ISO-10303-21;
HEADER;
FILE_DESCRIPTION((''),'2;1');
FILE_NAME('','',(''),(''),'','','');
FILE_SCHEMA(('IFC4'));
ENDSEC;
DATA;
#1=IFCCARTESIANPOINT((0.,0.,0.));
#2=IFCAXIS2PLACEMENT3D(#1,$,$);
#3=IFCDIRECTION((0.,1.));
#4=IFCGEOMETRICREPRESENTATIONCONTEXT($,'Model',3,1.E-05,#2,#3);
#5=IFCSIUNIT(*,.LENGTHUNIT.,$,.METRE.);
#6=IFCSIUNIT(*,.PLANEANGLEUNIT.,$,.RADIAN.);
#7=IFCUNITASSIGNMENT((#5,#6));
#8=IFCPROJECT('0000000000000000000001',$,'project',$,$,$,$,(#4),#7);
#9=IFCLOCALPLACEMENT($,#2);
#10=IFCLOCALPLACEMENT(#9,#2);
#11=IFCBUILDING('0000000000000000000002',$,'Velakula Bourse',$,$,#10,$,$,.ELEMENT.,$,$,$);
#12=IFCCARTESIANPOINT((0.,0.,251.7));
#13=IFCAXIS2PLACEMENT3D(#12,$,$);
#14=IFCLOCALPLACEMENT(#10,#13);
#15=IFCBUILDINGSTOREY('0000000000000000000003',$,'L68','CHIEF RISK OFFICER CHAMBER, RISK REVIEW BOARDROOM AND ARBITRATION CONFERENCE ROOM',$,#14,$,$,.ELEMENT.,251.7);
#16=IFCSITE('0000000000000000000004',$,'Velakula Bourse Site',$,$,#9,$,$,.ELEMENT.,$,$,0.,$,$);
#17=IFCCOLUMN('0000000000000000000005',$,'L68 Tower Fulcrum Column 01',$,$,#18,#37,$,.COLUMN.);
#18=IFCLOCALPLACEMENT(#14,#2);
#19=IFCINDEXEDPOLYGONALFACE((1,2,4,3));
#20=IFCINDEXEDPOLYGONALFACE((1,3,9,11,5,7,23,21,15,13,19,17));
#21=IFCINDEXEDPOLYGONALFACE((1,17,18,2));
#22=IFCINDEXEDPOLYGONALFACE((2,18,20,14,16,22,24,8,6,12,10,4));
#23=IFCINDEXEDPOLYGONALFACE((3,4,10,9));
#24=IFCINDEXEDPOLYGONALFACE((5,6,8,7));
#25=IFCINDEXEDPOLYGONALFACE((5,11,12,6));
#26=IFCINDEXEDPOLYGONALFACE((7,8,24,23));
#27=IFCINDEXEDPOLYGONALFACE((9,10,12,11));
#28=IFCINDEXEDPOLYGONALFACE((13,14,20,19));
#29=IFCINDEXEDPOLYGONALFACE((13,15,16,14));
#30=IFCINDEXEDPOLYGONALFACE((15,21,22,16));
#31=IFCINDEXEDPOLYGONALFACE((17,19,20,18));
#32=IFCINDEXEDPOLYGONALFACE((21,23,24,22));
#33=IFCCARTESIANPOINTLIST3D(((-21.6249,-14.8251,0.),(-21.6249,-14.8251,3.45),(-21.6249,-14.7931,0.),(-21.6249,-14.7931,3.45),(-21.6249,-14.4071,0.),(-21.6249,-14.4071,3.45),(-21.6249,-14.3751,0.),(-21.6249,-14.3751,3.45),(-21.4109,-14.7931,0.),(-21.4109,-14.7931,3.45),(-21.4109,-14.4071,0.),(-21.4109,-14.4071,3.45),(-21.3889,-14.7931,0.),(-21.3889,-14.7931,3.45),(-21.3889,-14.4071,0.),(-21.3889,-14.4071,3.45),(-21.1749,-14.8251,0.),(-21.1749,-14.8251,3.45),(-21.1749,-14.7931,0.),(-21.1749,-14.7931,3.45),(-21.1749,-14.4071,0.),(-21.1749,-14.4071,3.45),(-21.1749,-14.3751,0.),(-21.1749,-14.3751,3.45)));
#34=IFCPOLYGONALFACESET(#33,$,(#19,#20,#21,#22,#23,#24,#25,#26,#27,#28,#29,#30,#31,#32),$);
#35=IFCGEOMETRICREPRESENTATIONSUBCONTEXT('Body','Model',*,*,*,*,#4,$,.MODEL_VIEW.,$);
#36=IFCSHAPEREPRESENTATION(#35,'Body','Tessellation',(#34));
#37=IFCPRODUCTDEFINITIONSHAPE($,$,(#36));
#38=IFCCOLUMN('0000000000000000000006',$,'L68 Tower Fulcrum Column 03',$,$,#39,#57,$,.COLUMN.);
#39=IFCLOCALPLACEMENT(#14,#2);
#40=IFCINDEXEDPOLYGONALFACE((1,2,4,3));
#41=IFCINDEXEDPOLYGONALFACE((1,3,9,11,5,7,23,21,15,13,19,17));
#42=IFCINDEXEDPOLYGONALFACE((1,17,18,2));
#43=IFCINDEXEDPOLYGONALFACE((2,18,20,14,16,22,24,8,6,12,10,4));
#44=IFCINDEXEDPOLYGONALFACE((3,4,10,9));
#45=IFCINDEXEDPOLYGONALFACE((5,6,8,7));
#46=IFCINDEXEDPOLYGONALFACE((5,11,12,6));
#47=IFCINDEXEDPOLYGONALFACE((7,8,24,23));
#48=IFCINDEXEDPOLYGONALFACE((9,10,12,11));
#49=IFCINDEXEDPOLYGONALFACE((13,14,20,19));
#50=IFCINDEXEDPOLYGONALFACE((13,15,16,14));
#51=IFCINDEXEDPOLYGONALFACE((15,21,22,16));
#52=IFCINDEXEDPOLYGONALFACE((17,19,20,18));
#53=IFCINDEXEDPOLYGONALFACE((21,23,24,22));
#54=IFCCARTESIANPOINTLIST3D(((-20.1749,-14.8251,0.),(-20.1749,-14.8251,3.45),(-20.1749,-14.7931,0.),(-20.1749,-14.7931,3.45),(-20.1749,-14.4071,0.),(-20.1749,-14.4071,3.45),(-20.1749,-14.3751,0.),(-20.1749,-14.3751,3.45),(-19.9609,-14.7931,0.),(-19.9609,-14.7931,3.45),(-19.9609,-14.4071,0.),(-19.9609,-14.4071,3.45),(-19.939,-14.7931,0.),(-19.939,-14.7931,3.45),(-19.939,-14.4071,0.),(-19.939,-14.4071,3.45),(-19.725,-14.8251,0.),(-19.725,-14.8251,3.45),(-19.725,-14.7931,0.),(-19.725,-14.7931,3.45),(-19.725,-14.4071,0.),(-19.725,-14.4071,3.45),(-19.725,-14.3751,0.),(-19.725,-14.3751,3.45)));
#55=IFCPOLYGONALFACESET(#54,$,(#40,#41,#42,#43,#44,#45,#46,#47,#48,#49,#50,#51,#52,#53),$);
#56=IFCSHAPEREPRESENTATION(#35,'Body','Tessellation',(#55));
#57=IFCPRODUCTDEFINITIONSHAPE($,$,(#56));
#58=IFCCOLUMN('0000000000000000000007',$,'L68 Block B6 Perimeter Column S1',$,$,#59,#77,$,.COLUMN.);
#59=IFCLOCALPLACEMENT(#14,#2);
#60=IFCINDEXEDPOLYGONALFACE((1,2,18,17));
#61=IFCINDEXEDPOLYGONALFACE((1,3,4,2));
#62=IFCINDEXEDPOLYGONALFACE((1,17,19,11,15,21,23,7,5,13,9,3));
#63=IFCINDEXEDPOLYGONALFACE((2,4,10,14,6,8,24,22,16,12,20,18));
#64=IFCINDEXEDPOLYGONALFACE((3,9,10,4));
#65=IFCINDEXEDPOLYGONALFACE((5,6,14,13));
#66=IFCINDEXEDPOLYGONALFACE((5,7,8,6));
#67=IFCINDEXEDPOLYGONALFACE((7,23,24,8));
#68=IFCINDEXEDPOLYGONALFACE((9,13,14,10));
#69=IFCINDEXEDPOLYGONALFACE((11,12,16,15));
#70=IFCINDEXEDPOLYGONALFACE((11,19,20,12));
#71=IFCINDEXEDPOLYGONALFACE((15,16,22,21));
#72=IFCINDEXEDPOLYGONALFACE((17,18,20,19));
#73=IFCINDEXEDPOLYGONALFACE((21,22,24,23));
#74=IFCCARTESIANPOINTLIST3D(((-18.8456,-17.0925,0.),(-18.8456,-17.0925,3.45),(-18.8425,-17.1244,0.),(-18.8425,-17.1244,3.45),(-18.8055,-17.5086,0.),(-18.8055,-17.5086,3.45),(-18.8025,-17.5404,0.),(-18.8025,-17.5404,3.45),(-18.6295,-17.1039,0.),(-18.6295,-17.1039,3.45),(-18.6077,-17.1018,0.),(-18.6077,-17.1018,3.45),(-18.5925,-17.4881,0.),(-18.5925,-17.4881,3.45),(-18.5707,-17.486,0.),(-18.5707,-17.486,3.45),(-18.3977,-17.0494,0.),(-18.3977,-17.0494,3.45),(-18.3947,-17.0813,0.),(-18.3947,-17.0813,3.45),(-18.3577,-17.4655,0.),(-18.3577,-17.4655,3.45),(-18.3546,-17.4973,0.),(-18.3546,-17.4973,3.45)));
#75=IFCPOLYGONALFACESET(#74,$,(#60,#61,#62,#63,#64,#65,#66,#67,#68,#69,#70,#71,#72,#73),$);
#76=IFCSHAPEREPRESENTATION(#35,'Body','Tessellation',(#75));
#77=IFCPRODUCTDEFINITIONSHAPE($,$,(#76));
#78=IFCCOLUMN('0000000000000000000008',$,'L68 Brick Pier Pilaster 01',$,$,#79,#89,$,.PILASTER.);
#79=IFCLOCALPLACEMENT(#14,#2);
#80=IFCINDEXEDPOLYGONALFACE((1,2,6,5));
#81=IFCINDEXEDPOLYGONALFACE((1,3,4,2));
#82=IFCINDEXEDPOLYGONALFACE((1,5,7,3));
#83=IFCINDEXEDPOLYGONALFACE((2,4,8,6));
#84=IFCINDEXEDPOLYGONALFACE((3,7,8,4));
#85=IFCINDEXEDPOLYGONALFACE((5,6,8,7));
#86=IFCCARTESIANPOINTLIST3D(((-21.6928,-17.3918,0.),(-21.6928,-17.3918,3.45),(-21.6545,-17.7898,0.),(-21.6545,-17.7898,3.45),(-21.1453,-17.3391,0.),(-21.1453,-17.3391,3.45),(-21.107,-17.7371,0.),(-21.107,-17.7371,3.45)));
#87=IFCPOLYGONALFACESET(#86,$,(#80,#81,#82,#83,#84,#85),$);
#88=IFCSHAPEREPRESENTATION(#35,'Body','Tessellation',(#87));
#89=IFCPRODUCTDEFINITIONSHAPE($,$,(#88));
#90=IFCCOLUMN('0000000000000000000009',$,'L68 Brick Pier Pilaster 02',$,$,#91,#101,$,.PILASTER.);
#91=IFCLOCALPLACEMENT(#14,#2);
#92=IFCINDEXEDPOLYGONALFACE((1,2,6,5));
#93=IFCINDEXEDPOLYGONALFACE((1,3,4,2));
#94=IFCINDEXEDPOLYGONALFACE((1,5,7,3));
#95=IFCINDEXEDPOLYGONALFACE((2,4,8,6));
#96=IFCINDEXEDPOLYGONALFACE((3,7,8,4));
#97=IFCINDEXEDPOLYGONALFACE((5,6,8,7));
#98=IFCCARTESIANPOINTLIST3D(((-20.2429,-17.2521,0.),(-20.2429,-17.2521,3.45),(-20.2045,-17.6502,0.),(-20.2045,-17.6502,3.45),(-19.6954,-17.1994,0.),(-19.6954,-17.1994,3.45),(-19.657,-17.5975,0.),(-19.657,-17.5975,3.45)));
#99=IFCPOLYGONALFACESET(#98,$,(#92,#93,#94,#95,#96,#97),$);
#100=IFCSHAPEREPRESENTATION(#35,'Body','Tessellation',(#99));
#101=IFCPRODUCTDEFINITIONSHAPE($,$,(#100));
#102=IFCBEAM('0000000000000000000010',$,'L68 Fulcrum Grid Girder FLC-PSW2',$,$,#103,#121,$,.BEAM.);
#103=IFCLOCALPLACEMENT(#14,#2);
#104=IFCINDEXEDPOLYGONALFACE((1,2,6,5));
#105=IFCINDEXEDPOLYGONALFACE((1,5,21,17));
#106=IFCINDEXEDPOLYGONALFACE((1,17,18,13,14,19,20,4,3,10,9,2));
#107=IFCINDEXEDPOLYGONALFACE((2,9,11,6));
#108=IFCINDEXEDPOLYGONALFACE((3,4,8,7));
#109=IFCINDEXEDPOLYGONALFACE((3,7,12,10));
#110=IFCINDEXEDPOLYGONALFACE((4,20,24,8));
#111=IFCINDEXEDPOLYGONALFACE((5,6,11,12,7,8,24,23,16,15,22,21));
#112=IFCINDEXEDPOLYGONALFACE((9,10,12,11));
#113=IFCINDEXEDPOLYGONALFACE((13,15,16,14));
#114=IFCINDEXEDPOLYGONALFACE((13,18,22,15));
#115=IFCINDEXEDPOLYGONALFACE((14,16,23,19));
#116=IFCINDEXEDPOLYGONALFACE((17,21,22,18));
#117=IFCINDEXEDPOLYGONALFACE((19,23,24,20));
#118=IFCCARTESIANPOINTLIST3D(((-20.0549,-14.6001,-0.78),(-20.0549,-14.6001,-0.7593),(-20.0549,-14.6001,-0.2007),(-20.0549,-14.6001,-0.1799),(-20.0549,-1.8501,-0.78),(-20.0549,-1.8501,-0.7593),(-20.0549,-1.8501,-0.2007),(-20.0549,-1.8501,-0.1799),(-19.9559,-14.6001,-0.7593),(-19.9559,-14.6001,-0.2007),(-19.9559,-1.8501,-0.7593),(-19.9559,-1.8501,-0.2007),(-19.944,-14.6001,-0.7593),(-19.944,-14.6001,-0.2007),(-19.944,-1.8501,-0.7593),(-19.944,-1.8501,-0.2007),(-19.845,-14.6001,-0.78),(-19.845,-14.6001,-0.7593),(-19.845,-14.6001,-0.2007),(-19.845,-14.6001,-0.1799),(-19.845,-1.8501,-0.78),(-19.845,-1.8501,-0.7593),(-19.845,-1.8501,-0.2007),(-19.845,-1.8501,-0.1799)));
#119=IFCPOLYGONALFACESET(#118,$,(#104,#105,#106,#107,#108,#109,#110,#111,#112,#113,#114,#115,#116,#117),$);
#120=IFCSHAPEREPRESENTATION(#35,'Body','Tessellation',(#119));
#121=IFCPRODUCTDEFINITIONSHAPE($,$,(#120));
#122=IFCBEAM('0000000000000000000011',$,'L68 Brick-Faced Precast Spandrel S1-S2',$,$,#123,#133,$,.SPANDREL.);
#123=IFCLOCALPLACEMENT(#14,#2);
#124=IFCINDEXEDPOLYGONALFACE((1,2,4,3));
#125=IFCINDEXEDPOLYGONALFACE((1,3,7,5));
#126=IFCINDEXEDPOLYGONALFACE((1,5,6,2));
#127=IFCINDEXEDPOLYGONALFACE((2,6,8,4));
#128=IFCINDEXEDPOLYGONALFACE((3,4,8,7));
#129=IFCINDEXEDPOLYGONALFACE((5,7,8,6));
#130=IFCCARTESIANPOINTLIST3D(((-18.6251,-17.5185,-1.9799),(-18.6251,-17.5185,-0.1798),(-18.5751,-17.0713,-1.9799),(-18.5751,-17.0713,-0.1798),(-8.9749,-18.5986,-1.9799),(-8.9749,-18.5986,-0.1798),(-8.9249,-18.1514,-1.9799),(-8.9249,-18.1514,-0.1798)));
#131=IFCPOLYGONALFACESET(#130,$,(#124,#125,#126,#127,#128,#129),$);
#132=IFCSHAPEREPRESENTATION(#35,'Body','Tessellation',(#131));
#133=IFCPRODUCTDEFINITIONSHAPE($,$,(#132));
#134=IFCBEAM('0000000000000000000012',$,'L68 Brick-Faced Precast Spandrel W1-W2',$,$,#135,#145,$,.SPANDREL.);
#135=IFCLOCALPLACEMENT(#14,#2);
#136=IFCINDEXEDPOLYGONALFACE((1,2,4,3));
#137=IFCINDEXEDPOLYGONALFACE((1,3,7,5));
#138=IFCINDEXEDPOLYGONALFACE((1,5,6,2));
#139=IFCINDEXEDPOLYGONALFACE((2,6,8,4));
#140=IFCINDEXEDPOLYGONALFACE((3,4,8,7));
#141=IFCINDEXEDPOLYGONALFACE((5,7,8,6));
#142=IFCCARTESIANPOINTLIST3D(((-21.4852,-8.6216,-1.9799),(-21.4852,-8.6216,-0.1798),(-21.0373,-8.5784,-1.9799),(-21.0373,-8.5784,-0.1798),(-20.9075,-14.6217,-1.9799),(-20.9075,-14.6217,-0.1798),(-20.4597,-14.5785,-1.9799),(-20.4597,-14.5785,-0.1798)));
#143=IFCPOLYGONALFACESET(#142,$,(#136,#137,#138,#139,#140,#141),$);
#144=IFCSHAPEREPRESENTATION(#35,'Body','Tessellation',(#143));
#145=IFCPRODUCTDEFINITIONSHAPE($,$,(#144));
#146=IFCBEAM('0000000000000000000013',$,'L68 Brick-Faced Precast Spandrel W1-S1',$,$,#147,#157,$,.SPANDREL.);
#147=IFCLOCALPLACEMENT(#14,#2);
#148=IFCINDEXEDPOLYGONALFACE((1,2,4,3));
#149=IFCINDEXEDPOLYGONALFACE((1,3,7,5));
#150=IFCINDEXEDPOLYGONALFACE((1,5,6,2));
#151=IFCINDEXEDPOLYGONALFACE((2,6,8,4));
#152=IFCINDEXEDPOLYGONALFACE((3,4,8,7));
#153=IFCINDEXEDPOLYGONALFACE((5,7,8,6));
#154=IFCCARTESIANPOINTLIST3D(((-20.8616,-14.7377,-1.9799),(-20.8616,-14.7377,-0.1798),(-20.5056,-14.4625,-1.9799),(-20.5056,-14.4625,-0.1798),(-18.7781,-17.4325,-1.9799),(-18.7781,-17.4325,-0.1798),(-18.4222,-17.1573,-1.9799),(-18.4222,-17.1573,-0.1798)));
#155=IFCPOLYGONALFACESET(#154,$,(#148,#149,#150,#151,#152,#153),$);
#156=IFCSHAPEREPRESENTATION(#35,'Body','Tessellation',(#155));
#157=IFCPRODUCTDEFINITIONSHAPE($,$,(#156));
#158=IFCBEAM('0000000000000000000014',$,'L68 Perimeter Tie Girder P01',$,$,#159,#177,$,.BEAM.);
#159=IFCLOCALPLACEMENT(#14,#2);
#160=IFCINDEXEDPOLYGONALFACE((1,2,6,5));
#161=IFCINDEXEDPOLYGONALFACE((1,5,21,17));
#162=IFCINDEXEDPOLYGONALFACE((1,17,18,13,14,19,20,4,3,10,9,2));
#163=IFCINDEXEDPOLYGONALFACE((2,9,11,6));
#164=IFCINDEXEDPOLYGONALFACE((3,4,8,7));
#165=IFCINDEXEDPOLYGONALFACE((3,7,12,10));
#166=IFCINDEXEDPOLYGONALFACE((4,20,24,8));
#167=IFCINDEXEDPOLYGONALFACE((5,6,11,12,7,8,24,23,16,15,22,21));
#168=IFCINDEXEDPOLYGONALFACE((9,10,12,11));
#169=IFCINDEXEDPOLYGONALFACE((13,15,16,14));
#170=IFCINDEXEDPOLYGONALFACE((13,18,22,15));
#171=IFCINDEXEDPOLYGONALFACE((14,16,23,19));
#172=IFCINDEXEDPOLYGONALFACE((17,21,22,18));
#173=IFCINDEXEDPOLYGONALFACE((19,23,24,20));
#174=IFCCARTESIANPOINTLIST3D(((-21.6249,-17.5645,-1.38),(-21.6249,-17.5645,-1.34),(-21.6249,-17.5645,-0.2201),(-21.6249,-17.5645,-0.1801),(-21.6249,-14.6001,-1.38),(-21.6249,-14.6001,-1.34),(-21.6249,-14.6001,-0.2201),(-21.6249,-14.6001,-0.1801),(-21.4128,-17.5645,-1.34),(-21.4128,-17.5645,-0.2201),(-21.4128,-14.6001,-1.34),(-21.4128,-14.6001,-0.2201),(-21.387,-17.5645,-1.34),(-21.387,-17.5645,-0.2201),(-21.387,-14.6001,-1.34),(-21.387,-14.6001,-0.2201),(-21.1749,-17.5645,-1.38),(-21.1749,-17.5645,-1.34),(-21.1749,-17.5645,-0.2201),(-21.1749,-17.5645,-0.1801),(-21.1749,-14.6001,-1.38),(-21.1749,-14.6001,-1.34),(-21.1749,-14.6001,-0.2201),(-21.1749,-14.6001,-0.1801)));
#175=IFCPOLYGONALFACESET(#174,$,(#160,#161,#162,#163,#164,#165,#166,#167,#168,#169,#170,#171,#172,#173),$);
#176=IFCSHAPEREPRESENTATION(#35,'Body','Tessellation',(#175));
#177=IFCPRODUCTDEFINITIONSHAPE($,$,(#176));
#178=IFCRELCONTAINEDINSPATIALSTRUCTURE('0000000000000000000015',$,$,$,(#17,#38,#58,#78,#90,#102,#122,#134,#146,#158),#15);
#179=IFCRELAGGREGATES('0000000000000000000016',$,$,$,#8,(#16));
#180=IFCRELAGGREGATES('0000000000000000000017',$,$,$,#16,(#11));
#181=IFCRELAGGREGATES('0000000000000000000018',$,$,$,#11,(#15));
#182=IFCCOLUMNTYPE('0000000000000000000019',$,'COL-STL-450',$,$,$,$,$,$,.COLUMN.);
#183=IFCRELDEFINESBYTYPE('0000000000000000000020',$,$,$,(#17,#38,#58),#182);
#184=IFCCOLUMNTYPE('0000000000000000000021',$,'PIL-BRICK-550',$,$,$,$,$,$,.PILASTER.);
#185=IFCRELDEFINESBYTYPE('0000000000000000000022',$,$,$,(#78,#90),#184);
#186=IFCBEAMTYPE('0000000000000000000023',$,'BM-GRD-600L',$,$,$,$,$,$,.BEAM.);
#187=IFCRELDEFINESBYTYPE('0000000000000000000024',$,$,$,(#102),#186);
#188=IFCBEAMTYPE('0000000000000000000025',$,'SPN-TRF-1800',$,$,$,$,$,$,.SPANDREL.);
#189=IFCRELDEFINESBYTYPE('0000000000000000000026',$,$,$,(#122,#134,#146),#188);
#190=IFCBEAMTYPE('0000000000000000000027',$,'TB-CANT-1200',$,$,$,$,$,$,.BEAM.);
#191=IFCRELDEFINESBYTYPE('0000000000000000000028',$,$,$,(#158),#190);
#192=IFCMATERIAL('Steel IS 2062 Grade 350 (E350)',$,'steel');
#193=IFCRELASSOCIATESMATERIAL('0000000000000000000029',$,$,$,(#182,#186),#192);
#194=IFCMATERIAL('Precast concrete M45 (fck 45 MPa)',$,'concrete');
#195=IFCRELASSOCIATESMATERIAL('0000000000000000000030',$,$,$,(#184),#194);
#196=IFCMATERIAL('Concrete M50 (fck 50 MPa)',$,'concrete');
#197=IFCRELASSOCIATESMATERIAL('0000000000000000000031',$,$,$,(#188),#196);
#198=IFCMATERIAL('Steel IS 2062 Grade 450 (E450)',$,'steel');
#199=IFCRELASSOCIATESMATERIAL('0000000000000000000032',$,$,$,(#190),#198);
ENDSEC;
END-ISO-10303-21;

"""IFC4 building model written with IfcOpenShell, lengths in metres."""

from ifc_helpers import new_model, si_unit, direction, frame, origin, origin_2d, place, context, subcontext, project, spatial, rectangle, i_section, extrude, material, material_profile, profile_set, type_object, element, save


model = new_model("IFC4")

# Units and contexts
model_context = context("Model", 3, precision=1e-05, world=origin(), true_north=direction((0.0, 1.0)))
body_context = subcontext(model_context, "Body", "Model", "MODEL_VIEW")
ifc_project = project(units=[si_unit("LENGTHUNIT", "METRE"), si_unit("PLANEANGLEUNIT", "RADIAN")], contexts=[model_context])

# Site, building, storey
site_placement = place(None, origin())
site = spatial("IfcSite", under=ifc_project, at=site_placement, Name="Velakula Bourse Site", CompositionType="ELEMENT", RefElevation=0.0)
building_placement = place(site_placement, origin())
building = spatial("IfcBuilding", under=site, at=building_placement, Name="Velakula Bourse", CompositionType="ELEMENT")
storey_placement = place(building_placement, frame((0.0, 0.0, 251.7)))
storey = spatial("IfcBuildingStorey", under=building, at=storey_placement, Name="L68", Description="CHIEF RISK OFFICER CHAMBER, RISK REVIEW BOARDROOM AND ARBITRATION CONFERENCE ROOM", CompositionType="ELEMENT", Elevation=251.7)

# Columns
ifc_material_1 = material(Name="Steel IS 2062 Grade 350 (E350)", Category="steel")
ifc_material_profile_1 = material_profile(ifc_material_1, i_section(OverallWidth=0.45, OverallDepth=0.45, WebThickness=0.022, FlangeThickness=0.032, at=origin_2d()), Name="Steel IS 2062 Grade 350 (E350)")
ifc_profile_set_1 = profile_set([ifc_material_profile_1], Name="Steel IS 2062 Grade 350 (E350)")
column_type_1 = type_object("IfcColumnType", Name="COL-STL-450", PredefinedType="COLUMN", material=ifc_profile_set_1)
for number, where, z_axis, x_axis, name in (
    (1, (-21.3999, -14.6001, 0.0), (0.0, 0.0, 1.0), (1.0, 0.0, 0.0), "L68 Tower Fulcrum Column 01"),
    (2, (-19.95, -14.6001, 0.0), (0.0, 0.0, 1.0), (1.0, 0.0, 0.0), "L68 Tower Fulcrum Column 03"),
    (3, (-18.6001, -17.2949, 0.0), (0.0, 0.0, 1.0), (0.995396, 0.095846, 0.0), "L68 Block B6 Perimeter Column S1"),
):
    element("IfcColumn", number, at=place(storey_placement, frame(where, z_axis=z_axis, x_axis=x_axis)), inside=storey, type_object=column_type_1, Name=name, PredefinedType="COLUMN", context=body_context, shape_type="SweptSolid", body=[
        extrude(i_section(OverallWidth=0.45, OverallDepth=0.45, WebThickness=0.022, FlangeThickness=0.032, at=origin_2d()), origin(), (0.0, 0.0, 1.0), 3.45),
    ])
ifc_material_2 = material(Name="Precast concrete M45 (fck 45 MPa)", Category="concrete")
ifc_material_profile_2 = material_profile(ifc_material_2, rectangle(XDim=0.55, YDim=0.3999, at=origin_2d()), Name="Precast concrete M45 (fck 45 MPa)")
ifc_profile_set_2 = profile_set([ifc_material_profile_2], Name="Precast concrete M45 (fck 45 MPa)")
column_type_2 = type_object("IfcColumnType", Name="PIL-BRICK-550", PredefinedType="PILASTER", material=ifc_profile_set_2)
for number, where, z_axis, x_axis, name in (
    (4, (-21.3999, -17.5645, 0.0), (0.0, 0.0, 1.0), (0.995396, 0.095846, 0.0), "L68 Brick Pier Pilaster 01"),
    (5, (-19.95, -17.4248, 0.0), (0.0, 0.0, 1.0), (0.995396, 0.095846, 0.0), "L68 Brick Pier Pilaster 02"),
):
    element("IfcColumn", number, at=place(storey_placement, frame(where, z_axis=z_axis, x_axis=x_axis)), inside=storey, type_object=column_type_2, Name=name, PredefinedType="PILASTER", context=body_context, shape_type="SweptSolid", body=[
        extrude(rectangle(XDim=0.55, YDim=0.3999, at=origin_2d()), origin(), (0.0, 0.0, 1.0), 3.45),
    ])

# Beams
ifc_material_profile_3 = material_profile(ifc_material_1, i_section(OverallWidth=0.21, OverallDepth=0.6001, WebThickness=0.012, FlangeThickness=0.0208, at=origin_2d()), Name="Steel IS 2062 Grade 350 (E350)")
ifc_profile_set_3 = profile_set([ifc_material_profile_3], Name="Steel IS 2062 Grade 350 (E350)")
beam_type_1 = type_object("IfcBeamType", Name="BM-GRD-600L", PredefinedType="BEAM", material=ifc_profile_set_3)
beam_1_placement = place(storey_placement, frame((-19.95, -14.6001, -0.48), z_axis=(0.0, 1.0, 0.0), x_axis=(-1.0, 0.0, 0.0)))
element("IfcBeam", 6, at=beam_1_placement, inside=storey, type_object=beam_type_1, Name="L68 Fulcrum Grid Girder FLC-PSW2", PredefinedType="BEAM", context=body_context, shape_type="SweptSolid", body=[
    extrude(i_section(OverallWidth=0.21, OverallDepth=0.6001, WebThickness=0.012, FlangeThickness=0.0208, at=origin_2d()), origin(), (0.0, 0.0, 1.0), 12.75),
])
ifc_material_3 = material(Name="Concrete M50 (fck 50 MPa)", Category="concrete")
ifc_material_profile_4 = material_profile(ifc_material_3, rectangle(XDim=0.45, YDim=1.8, at=origin_2d()), Name="Concrete M50 (fck 50 MPa)")
ifc_profile_set_4 = profile_set([ifc_material_profile_4], Name="Concrete M50 (fck 50 MPa)")
beam_type_2 = type_object("IfcBeamType", Name="SPN-TRF-1800", PredefinedType="SPANDREL", material=ifc_profile_set_4)
beam_2_placement = place(storey_placement, frame((-18.6001, -17.2949, -1.0798), z_axis=(0.993795, -0.111229, 0.0), x_axis=(0.111229, 0.993795, 0.0)))
element("IfcBeam", 7, at=beam_2_placement, inside=storey, type_object=beam_type_2, Name="L68 Brick-Faced Precast Spandrel S1-S2", PredefinedType="SPANDREL", context=body_context, shape_type="SweptSolid", body=[
    extrude(rectangle(XDim=0.45, YDim=1.8, at=origin_2d()), origin(), (0.0, 0.0, 1.0), 9.7104),
])
beam_3_placement = place(storey_placement, frame((-20.6836, -14.6001, -1.0798), z_axis=(-0.09583, 0.995398, 0.0), x_axis=(-0.995398, -0.09583, 0.0)))
element("IfcBeam", 8, at=beam_3_placement, inside=storey, type_object=beam_type_2, Name="L68 Brick-Faced Precast Spandrel W1-W2", PredefinedType="SPANDREL", context=body_context, shape_type="SweptSolid", body=[
    extrude(rectangle(XDim=0.45, YDim=1.8, at=origin_2d()), origin(), (0.0, 0.0, 1.0), 6.0278),
])
beam_4_placement = place(storey_placement, frame((-20.6836, -14.6001, -1.0798), z_axis=(0.611656, -0.791124, 0.0), x_axis=(0.791124, 0.611656, 0.0)))
element("IfcBeam", 9, at=beam_4_placement, inside=storey, type_object=beam_type_2, Name="L68 Brick-Faced Precast Spandrel W1-S1", PredefinedType="SPANDREL", context=body_context, shape_type="SweptSolid", body=[
    extrude(rectangle(XDim=0.45, YDim=1.8, at=origin_2d()), origin(), (0.0, 0.0, 1.0), 3.4062),
])
ifc_material_4 = material(Name="Steel IS 2062 Grade 450 (E450)", Category="steel")
ifc_material_profile_5 = material_profile(ifc_material_4, i_section(OverallWidth=0.45, OverallDepth=1.2, WebThickness=0.0259, FlangeThickness=0.04, at=origin_2d()), Name="Steel IS 2062 Grade 450 (E450)")
ifc_profile_set_5 = profile_set([ifc_material_profile_5], Name="Steel IS 2062 Grade 450 (E450)")
beam_type_3 = type_object("IfcBeamType", Name="TB-CANT-1200", PredefinedType="BEAM", material=ifc_profile_set_5)
beam_5_placement = place(storey_placement, frame((-21.3999, -14.6001, -0.78), z_axis=(0.0, -1.0, 0.0), x_axis=(1.0, 0.0, 0.0)))
element("IfcBeam", 10, at=beam_5_placement, inside=storey, type_object=beam_type_3, Name="L68 Perimeter Tie Girder P01", PredefinedType="BEAM", context=body_context, shape_type="SweptSolid", body=[
    extrude(i_section(OverallWidth=0.45, OverallDepth=1.2, WebThickness=0.0259, FlangeThickness=0.04, at=origin_2d()), origin(), (0.0, 0.0, 1.0), 2.9644),
])

save(model, "model.ifc")
